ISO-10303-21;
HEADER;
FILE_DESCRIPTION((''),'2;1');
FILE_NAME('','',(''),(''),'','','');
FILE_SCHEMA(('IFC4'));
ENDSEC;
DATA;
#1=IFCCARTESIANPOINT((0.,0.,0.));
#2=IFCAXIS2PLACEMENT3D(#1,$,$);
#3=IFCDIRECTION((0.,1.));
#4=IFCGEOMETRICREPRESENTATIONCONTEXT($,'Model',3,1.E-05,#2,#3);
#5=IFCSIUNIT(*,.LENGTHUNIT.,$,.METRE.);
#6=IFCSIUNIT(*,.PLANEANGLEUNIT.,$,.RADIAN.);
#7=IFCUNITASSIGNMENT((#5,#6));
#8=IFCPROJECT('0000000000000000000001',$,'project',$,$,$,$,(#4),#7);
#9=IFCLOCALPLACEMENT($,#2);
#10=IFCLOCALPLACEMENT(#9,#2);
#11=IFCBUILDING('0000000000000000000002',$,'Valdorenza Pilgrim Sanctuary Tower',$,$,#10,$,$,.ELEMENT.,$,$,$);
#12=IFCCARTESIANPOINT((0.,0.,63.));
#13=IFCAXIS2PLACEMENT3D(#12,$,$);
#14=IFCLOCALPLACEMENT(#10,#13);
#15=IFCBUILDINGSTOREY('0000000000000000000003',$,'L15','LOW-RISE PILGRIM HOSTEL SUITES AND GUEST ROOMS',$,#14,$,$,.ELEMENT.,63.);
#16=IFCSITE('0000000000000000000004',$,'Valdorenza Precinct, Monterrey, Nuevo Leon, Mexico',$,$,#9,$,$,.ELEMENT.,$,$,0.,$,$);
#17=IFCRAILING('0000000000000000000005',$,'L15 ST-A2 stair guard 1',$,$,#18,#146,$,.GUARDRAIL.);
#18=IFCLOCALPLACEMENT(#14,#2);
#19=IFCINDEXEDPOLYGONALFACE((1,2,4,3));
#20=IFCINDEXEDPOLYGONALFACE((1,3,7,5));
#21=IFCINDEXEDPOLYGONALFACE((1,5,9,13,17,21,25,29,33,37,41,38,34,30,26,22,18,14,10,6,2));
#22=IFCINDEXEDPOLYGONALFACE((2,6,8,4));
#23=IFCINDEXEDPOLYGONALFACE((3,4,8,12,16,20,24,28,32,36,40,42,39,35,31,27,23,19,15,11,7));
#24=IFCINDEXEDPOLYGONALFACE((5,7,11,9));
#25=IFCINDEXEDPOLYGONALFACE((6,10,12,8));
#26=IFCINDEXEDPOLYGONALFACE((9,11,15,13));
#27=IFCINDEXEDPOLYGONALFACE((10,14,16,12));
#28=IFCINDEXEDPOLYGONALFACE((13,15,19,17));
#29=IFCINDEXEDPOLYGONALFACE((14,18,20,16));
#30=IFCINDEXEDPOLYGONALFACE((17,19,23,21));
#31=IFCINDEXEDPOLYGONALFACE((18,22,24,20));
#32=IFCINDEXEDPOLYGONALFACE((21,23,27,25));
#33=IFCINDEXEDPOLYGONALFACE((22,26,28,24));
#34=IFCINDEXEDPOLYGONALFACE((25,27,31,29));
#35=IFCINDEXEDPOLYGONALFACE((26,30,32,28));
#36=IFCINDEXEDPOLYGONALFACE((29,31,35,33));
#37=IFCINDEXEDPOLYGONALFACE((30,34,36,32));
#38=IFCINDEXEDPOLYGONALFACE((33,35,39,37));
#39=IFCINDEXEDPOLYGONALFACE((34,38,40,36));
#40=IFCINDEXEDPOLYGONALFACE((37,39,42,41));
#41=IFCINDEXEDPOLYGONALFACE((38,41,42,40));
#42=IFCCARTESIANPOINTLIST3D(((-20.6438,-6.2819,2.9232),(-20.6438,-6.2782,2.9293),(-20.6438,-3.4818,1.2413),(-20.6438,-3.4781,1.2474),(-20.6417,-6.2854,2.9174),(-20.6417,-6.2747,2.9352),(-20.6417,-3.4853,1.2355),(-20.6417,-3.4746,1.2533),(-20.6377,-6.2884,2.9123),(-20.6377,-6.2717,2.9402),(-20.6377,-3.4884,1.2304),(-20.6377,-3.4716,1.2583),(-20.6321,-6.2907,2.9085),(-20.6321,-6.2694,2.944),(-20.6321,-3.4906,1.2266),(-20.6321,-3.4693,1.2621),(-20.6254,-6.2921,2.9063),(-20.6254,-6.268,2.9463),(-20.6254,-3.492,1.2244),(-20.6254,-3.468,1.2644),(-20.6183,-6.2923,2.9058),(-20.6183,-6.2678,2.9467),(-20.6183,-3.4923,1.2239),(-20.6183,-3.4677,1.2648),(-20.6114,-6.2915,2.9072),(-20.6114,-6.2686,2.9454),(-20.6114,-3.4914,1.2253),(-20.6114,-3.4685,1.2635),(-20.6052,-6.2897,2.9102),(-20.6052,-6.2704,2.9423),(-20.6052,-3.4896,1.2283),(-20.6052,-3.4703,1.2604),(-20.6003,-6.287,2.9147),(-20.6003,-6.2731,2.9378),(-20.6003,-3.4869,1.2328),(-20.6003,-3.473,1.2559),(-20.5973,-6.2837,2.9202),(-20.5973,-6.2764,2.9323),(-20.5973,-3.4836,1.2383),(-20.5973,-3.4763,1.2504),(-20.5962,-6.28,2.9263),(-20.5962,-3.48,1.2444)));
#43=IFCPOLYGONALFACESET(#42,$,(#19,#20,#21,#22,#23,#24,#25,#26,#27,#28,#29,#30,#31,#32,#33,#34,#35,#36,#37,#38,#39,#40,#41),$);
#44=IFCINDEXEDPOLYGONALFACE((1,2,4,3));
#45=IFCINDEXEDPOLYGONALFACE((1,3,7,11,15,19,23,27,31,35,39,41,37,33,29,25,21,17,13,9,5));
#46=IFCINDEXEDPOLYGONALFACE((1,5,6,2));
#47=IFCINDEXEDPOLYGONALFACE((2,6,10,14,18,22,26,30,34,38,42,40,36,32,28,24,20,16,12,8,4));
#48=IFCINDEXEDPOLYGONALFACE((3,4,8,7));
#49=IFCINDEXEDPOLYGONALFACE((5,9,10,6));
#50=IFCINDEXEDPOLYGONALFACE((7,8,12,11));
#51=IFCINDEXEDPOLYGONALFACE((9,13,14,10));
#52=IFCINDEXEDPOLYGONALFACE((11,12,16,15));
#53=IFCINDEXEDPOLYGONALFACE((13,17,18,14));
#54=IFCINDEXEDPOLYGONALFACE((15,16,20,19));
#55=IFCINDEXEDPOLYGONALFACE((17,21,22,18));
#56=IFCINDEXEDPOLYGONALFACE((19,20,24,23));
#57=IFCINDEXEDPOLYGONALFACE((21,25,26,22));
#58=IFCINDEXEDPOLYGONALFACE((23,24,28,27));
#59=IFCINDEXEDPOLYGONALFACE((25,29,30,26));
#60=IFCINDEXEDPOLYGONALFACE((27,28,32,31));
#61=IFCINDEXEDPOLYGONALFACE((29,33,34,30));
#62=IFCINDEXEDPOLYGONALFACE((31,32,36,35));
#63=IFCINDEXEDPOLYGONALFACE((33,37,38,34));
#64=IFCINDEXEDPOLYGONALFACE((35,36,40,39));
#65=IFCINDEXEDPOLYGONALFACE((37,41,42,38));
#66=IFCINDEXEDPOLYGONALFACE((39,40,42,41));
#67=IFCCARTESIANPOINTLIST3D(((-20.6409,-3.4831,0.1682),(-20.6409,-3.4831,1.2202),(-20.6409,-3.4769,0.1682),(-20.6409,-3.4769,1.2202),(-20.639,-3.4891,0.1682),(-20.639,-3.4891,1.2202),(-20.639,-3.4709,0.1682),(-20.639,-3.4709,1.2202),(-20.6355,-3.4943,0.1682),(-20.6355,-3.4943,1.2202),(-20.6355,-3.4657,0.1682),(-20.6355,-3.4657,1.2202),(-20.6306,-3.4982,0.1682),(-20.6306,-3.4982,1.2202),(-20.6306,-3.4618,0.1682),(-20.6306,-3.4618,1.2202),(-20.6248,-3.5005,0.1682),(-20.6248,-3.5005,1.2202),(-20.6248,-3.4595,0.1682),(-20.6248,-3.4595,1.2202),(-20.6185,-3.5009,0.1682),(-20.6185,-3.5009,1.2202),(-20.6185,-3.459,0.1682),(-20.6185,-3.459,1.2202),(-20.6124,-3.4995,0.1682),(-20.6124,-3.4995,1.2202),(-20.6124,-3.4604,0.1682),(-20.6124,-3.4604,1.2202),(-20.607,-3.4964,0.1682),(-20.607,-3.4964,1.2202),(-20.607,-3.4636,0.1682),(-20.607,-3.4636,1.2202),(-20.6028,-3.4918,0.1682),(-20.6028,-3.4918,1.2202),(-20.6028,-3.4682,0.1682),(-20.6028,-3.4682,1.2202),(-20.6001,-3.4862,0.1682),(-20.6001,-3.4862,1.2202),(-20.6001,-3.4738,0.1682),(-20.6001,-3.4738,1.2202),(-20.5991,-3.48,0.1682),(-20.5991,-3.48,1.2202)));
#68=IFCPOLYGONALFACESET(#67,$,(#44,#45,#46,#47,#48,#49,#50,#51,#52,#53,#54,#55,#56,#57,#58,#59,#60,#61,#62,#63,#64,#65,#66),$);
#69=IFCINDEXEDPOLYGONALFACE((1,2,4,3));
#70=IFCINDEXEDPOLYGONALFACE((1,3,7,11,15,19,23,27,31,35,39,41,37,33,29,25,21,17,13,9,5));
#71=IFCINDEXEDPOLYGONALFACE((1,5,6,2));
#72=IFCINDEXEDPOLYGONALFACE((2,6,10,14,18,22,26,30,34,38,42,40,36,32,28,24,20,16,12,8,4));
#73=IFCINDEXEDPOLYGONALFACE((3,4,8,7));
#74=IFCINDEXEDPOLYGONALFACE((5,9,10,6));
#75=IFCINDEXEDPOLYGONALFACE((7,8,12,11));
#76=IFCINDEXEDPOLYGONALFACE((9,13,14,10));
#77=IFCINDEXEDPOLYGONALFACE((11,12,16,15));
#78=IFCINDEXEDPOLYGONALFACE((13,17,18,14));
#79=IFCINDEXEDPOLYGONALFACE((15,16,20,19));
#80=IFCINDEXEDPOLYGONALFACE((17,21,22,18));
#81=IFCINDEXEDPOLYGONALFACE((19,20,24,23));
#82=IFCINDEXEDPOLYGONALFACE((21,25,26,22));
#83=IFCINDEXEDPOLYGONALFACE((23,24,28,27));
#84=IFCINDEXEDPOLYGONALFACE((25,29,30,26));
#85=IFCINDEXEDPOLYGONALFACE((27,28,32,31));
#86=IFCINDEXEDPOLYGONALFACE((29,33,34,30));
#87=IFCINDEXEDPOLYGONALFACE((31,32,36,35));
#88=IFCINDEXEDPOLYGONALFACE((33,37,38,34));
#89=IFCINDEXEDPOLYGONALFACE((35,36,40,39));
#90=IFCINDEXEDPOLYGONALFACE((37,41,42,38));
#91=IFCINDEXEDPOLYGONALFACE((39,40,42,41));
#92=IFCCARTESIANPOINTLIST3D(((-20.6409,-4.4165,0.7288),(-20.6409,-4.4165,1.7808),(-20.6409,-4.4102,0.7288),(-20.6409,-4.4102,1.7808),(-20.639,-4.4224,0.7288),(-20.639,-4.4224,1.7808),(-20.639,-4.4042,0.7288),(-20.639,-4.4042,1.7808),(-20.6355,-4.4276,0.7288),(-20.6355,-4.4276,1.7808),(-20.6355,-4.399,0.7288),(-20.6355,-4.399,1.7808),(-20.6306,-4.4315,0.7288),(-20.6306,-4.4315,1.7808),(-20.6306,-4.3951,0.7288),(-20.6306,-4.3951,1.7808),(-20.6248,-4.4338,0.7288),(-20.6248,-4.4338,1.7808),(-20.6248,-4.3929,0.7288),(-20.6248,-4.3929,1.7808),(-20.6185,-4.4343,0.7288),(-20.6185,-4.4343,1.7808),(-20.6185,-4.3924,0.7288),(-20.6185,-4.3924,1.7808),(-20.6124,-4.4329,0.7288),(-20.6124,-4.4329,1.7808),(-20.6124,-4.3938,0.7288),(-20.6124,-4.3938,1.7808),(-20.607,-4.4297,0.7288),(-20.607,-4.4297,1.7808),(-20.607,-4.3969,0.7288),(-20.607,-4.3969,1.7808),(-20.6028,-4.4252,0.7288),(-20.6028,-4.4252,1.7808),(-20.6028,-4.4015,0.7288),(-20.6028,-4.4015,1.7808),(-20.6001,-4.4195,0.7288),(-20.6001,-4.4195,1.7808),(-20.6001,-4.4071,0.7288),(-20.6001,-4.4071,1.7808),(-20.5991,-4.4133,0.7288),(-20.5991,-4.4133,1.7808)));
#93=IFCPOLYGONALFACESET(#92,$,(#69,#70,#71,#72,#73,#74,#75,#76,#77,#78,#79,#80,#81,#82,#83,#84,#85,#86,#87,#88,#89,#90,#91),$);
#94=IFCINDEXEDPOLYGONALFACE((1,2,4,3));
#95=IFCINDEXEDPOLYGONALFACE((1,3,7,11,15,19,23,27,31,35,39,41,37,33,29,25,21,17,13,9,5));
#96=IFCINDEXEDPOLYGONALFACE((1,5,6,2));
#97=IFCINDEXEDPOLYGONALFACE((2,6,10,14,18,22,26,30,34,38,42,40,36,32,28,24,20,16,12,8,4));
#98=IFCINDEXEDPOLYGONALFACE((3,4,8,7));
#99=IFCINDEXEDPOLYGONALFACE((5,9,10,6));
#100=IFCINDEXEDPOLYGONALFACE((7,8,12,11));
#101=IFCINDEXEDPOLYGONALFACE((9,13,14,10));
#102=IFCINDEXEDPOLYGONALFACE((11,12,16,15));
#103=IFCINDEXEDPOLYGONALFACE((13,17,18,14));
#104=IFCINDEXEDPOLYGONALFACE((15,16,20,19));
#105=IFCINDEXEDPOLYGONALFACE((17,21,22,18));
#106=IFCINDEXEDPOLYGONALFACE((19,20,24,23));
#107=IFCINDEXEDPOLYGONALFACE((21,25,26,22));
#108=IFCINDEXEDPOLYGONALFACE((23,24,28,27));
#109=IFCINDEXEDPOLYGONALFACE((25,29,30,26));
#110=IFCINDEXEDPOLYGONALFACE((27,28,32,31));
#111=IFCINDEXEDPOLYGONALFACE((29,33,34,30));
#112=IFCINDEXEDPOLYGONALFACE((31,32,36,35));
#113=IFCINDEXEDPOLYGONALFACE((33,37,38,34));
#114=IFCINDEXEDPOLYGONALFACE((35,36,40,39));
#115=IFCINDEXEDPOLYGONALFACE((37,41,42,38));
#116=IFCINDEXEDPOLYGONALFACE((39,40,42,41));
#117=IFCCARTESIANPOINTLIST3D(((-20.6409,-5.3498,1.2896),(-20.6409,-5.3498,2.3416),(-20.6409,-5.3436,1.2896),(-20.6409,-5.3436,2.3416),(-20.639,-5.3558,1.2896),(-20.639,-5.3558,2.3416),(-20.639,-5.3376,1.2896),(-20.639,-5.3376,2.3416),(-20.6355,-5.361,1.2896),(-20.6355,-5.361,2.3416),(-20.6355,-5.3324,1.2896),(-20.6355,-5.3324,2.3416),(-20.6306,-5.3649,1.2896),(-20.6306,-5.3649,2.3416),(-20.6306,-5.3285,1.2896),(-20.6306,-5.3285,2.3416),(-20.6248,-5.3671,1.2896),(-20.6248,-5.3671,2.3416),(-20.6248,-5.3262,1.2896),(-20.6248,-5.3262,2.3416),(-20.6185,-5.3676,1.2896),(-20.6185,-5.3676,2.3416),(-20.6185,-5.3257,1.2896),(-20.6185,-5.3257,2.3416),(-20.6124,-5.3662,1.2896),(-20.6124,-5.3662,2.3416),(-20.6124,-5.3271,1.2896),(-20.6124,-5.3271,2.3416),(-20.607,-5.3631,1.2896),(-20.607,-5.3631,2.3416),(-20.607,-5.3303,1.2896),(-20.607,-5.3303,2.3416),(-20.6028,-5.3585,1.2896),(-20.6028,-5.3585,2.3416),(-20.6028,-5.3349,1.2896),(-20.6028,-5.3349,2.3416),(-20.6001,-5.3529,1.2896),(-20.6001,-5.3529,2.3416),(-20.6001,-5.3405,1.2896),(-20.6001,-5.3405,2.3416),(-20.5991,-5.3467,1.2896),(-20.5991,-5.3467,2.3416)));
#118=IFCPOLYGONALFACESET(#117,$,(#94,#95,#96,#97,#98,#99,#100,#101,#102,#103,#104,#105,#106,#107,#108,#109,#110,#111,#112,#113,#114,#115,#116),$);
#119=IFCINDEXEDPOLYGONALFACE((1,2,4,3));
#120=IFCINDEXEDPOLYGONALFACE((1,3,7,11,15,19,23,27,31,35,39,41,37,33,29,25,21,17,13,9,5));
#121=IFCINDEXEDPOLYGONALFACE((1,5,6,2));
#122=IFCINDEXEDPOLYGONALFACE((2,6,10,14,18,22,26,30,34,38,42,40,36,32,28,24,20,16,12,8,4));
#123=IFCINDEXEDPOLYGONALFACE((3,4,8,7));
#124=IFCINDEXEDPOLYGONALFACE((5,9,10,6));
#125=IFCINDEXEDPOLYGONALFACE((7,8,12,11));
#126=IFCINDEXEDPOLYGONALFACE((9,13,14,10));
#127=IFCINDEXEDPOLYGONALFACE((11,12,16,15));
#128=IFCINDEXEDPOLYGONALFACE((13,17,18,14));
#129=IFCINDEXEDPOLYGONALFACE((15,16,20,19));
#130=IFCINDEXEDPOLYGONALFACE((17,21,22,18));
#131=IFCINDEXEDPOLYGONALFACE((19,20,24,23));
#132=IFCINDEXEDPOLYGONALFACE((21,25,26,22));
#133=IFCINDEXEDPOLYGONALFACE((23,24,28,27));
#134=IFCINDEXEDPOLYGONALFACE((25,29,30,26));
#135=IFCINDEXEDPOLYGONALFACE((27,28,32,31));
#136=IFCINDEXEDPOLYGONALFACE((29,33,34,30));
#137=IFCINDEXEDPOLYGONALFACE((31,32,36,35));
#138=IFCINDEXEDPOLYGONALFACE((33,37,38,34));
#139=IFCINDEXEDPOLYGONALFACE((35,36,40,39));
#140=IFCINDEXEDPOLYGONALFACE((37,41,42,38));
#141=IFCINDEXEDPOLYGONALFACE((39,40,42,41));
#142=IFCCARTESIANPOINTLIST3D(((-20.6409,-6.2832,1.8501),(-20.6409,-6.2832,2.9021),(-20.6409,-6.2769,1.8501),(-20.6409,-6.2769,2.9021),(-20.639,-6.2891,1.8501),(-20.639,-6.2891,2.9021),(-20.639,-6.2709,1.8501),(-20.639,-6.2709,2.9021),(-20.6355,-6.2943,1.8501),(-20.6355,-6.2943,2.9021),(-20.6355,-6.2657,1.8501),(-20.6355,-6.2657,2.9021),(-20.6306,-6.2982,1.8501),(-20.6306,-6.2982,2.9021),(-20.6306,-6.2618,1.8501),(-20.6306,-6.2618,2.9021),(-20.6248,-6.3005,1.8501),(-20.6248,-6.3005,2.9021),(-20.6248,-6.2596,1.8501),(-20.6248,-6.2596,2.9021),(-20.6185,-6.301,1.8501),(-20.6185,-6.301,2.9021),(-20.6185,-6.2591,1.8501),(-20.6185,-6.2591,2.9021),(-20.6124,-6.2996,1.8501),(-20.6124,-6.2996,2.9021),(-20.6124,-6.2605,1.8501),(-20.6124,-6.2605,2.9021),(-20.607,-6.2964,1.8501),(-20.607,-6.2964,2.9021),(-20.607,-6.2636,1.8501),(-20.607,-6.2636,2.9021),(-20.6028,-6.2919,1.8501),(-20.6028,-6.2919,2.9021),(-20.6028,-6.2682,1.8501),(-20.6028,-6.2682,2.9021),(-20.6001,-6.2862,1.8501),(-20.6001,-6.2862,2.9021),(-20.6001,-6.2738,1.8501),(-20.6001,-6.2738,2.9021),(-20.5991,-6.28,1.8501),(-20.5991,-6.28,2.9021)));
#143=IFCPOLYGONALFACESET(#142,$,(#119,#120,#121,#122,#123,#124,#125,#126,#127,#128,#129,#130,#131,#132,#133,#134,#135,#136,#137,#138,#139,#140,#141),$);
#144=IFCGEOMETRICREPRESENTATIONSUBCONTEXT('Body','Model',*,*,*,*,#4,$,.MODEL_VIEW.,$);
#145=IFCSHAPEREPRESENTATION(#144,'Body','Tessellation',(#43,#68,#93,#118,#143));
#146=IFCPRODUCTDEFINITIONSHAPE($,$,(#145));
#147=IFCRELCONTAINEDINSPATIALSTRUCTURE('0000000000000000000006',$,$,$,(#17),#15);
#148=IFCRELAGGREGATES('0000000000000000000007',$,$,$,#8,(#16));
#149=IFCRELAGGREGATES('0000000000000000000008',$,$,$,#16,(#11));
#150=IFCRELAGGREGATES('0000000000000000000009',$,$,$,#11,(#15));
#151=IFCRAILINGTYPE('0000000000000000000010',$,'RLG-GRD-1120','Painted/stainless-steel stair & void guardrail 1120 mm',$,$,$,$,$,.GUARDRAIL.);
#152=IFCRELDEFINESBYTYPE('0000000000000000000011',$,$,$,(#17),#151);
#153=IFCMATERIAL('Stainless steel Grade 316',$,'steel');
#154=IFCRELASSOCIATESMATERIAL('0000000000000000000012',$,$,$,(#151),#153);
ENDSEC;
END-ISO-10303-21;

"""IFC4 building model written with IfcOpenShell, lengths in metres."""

from ifc_helpers import new_model, si_unit, direction, frame, origin, origin_2d, place, context, subcontext, project, spatial, circle, extrude, material, type_object, element, save


model = new_model("IFC4")

# Units and contexts
model_context = context("Model", 3, precision=1e-05, world=origin(), true_north=direction((0.0, 1.0)))
body_context = subcontext(model_context, "Body", "Model", "MODEL_VIEW")
ifc_project = project(units=[si_unit("LENGTHUNIT", "METRE"), si_unit("PLANEANGLEUNIT", "RADIAN")], contexts=[model_context])

# Site, building, storey
site_placement = place(None, origin())
site = spatial("IfcSite", under=ifc_project, at=site_placement, Name="Valdorenza Precinct, Monterrey, Nuevo Leon, Mexico", CompositionType="ELEMENT", RefElevation=0.0)
building_placement = place(site_placement, origin())
building = spatial("IfcBuilding", under=site, at=building_placement, Name="Valdorenza Pilgrim Sanctuary Tower", CompositionType="ELEMENT")
storey_placement = place(building_placement, frame((0.0, 0.0, 63.0)))
storey = spatial("IfcBuildingStorey", under=building, at=storey_placement, Name="L15", Description="LOW-RISE PILGRIM HOSTEL SUITES AND GUEST ROOMS", CompositionType="ELEMENT", Elevation=63.0)

# Railing
ifc_material_1 = material(Name="Stainless steel Grade 316", Category="steel")
railing_type_1 = type_object("IfcRailingType", Name="RLG-GRD-1120", Description="Painted/stainless-steel stair & void guardrail 1120 mm", PredefinedType="GUARDRAIL", material=ifc_material_1)
railing_1_placement = place(storey_placement, frame((-20.6201, -3.48, 0.1682)))
element("IfcRailing", 1, at=railing_1_placement, inside=storey, type_object=railing_type_1, Name="L15 ST-A2 stair guard 1", PredefinedType="GUARDRAIL", context=body_context, shape_type="SweptSolid", body=[
    extrude(circle(Radius=0.0239, at=origin_2d()), frame((0.0, 0.0, 1.0762), z_axis=(0.0, -0.857242, 0.514913), x_axis=(1.0, 0.0, 0.0)), (0.0, 0.0, 1.0), 3.2664),
    extrude(circle(Radius=0.021, at=origin_2d()), origin(), (0.0, 0.0, 1.0), 1.052),
    extrude(circle(Radius=0.021, at=origin_2d()), frame((0.0, -0.9333, 0.5605)), (0.0, 0.0, 1.0), 1.052),
    extrude(circle(Radius=0.021, at=origin_2d()), frame((0.0, -1.8667, 1.1213)), (0.0, 0.0, 1.0), 1.052),
    extrude(circle(Radius=0.021, at=origin_2d()), frame((0.0, -2.8, 1.6819)), (0.0, 0.0, 1.0), 1.052),
])

save(model, "model.ifc")
